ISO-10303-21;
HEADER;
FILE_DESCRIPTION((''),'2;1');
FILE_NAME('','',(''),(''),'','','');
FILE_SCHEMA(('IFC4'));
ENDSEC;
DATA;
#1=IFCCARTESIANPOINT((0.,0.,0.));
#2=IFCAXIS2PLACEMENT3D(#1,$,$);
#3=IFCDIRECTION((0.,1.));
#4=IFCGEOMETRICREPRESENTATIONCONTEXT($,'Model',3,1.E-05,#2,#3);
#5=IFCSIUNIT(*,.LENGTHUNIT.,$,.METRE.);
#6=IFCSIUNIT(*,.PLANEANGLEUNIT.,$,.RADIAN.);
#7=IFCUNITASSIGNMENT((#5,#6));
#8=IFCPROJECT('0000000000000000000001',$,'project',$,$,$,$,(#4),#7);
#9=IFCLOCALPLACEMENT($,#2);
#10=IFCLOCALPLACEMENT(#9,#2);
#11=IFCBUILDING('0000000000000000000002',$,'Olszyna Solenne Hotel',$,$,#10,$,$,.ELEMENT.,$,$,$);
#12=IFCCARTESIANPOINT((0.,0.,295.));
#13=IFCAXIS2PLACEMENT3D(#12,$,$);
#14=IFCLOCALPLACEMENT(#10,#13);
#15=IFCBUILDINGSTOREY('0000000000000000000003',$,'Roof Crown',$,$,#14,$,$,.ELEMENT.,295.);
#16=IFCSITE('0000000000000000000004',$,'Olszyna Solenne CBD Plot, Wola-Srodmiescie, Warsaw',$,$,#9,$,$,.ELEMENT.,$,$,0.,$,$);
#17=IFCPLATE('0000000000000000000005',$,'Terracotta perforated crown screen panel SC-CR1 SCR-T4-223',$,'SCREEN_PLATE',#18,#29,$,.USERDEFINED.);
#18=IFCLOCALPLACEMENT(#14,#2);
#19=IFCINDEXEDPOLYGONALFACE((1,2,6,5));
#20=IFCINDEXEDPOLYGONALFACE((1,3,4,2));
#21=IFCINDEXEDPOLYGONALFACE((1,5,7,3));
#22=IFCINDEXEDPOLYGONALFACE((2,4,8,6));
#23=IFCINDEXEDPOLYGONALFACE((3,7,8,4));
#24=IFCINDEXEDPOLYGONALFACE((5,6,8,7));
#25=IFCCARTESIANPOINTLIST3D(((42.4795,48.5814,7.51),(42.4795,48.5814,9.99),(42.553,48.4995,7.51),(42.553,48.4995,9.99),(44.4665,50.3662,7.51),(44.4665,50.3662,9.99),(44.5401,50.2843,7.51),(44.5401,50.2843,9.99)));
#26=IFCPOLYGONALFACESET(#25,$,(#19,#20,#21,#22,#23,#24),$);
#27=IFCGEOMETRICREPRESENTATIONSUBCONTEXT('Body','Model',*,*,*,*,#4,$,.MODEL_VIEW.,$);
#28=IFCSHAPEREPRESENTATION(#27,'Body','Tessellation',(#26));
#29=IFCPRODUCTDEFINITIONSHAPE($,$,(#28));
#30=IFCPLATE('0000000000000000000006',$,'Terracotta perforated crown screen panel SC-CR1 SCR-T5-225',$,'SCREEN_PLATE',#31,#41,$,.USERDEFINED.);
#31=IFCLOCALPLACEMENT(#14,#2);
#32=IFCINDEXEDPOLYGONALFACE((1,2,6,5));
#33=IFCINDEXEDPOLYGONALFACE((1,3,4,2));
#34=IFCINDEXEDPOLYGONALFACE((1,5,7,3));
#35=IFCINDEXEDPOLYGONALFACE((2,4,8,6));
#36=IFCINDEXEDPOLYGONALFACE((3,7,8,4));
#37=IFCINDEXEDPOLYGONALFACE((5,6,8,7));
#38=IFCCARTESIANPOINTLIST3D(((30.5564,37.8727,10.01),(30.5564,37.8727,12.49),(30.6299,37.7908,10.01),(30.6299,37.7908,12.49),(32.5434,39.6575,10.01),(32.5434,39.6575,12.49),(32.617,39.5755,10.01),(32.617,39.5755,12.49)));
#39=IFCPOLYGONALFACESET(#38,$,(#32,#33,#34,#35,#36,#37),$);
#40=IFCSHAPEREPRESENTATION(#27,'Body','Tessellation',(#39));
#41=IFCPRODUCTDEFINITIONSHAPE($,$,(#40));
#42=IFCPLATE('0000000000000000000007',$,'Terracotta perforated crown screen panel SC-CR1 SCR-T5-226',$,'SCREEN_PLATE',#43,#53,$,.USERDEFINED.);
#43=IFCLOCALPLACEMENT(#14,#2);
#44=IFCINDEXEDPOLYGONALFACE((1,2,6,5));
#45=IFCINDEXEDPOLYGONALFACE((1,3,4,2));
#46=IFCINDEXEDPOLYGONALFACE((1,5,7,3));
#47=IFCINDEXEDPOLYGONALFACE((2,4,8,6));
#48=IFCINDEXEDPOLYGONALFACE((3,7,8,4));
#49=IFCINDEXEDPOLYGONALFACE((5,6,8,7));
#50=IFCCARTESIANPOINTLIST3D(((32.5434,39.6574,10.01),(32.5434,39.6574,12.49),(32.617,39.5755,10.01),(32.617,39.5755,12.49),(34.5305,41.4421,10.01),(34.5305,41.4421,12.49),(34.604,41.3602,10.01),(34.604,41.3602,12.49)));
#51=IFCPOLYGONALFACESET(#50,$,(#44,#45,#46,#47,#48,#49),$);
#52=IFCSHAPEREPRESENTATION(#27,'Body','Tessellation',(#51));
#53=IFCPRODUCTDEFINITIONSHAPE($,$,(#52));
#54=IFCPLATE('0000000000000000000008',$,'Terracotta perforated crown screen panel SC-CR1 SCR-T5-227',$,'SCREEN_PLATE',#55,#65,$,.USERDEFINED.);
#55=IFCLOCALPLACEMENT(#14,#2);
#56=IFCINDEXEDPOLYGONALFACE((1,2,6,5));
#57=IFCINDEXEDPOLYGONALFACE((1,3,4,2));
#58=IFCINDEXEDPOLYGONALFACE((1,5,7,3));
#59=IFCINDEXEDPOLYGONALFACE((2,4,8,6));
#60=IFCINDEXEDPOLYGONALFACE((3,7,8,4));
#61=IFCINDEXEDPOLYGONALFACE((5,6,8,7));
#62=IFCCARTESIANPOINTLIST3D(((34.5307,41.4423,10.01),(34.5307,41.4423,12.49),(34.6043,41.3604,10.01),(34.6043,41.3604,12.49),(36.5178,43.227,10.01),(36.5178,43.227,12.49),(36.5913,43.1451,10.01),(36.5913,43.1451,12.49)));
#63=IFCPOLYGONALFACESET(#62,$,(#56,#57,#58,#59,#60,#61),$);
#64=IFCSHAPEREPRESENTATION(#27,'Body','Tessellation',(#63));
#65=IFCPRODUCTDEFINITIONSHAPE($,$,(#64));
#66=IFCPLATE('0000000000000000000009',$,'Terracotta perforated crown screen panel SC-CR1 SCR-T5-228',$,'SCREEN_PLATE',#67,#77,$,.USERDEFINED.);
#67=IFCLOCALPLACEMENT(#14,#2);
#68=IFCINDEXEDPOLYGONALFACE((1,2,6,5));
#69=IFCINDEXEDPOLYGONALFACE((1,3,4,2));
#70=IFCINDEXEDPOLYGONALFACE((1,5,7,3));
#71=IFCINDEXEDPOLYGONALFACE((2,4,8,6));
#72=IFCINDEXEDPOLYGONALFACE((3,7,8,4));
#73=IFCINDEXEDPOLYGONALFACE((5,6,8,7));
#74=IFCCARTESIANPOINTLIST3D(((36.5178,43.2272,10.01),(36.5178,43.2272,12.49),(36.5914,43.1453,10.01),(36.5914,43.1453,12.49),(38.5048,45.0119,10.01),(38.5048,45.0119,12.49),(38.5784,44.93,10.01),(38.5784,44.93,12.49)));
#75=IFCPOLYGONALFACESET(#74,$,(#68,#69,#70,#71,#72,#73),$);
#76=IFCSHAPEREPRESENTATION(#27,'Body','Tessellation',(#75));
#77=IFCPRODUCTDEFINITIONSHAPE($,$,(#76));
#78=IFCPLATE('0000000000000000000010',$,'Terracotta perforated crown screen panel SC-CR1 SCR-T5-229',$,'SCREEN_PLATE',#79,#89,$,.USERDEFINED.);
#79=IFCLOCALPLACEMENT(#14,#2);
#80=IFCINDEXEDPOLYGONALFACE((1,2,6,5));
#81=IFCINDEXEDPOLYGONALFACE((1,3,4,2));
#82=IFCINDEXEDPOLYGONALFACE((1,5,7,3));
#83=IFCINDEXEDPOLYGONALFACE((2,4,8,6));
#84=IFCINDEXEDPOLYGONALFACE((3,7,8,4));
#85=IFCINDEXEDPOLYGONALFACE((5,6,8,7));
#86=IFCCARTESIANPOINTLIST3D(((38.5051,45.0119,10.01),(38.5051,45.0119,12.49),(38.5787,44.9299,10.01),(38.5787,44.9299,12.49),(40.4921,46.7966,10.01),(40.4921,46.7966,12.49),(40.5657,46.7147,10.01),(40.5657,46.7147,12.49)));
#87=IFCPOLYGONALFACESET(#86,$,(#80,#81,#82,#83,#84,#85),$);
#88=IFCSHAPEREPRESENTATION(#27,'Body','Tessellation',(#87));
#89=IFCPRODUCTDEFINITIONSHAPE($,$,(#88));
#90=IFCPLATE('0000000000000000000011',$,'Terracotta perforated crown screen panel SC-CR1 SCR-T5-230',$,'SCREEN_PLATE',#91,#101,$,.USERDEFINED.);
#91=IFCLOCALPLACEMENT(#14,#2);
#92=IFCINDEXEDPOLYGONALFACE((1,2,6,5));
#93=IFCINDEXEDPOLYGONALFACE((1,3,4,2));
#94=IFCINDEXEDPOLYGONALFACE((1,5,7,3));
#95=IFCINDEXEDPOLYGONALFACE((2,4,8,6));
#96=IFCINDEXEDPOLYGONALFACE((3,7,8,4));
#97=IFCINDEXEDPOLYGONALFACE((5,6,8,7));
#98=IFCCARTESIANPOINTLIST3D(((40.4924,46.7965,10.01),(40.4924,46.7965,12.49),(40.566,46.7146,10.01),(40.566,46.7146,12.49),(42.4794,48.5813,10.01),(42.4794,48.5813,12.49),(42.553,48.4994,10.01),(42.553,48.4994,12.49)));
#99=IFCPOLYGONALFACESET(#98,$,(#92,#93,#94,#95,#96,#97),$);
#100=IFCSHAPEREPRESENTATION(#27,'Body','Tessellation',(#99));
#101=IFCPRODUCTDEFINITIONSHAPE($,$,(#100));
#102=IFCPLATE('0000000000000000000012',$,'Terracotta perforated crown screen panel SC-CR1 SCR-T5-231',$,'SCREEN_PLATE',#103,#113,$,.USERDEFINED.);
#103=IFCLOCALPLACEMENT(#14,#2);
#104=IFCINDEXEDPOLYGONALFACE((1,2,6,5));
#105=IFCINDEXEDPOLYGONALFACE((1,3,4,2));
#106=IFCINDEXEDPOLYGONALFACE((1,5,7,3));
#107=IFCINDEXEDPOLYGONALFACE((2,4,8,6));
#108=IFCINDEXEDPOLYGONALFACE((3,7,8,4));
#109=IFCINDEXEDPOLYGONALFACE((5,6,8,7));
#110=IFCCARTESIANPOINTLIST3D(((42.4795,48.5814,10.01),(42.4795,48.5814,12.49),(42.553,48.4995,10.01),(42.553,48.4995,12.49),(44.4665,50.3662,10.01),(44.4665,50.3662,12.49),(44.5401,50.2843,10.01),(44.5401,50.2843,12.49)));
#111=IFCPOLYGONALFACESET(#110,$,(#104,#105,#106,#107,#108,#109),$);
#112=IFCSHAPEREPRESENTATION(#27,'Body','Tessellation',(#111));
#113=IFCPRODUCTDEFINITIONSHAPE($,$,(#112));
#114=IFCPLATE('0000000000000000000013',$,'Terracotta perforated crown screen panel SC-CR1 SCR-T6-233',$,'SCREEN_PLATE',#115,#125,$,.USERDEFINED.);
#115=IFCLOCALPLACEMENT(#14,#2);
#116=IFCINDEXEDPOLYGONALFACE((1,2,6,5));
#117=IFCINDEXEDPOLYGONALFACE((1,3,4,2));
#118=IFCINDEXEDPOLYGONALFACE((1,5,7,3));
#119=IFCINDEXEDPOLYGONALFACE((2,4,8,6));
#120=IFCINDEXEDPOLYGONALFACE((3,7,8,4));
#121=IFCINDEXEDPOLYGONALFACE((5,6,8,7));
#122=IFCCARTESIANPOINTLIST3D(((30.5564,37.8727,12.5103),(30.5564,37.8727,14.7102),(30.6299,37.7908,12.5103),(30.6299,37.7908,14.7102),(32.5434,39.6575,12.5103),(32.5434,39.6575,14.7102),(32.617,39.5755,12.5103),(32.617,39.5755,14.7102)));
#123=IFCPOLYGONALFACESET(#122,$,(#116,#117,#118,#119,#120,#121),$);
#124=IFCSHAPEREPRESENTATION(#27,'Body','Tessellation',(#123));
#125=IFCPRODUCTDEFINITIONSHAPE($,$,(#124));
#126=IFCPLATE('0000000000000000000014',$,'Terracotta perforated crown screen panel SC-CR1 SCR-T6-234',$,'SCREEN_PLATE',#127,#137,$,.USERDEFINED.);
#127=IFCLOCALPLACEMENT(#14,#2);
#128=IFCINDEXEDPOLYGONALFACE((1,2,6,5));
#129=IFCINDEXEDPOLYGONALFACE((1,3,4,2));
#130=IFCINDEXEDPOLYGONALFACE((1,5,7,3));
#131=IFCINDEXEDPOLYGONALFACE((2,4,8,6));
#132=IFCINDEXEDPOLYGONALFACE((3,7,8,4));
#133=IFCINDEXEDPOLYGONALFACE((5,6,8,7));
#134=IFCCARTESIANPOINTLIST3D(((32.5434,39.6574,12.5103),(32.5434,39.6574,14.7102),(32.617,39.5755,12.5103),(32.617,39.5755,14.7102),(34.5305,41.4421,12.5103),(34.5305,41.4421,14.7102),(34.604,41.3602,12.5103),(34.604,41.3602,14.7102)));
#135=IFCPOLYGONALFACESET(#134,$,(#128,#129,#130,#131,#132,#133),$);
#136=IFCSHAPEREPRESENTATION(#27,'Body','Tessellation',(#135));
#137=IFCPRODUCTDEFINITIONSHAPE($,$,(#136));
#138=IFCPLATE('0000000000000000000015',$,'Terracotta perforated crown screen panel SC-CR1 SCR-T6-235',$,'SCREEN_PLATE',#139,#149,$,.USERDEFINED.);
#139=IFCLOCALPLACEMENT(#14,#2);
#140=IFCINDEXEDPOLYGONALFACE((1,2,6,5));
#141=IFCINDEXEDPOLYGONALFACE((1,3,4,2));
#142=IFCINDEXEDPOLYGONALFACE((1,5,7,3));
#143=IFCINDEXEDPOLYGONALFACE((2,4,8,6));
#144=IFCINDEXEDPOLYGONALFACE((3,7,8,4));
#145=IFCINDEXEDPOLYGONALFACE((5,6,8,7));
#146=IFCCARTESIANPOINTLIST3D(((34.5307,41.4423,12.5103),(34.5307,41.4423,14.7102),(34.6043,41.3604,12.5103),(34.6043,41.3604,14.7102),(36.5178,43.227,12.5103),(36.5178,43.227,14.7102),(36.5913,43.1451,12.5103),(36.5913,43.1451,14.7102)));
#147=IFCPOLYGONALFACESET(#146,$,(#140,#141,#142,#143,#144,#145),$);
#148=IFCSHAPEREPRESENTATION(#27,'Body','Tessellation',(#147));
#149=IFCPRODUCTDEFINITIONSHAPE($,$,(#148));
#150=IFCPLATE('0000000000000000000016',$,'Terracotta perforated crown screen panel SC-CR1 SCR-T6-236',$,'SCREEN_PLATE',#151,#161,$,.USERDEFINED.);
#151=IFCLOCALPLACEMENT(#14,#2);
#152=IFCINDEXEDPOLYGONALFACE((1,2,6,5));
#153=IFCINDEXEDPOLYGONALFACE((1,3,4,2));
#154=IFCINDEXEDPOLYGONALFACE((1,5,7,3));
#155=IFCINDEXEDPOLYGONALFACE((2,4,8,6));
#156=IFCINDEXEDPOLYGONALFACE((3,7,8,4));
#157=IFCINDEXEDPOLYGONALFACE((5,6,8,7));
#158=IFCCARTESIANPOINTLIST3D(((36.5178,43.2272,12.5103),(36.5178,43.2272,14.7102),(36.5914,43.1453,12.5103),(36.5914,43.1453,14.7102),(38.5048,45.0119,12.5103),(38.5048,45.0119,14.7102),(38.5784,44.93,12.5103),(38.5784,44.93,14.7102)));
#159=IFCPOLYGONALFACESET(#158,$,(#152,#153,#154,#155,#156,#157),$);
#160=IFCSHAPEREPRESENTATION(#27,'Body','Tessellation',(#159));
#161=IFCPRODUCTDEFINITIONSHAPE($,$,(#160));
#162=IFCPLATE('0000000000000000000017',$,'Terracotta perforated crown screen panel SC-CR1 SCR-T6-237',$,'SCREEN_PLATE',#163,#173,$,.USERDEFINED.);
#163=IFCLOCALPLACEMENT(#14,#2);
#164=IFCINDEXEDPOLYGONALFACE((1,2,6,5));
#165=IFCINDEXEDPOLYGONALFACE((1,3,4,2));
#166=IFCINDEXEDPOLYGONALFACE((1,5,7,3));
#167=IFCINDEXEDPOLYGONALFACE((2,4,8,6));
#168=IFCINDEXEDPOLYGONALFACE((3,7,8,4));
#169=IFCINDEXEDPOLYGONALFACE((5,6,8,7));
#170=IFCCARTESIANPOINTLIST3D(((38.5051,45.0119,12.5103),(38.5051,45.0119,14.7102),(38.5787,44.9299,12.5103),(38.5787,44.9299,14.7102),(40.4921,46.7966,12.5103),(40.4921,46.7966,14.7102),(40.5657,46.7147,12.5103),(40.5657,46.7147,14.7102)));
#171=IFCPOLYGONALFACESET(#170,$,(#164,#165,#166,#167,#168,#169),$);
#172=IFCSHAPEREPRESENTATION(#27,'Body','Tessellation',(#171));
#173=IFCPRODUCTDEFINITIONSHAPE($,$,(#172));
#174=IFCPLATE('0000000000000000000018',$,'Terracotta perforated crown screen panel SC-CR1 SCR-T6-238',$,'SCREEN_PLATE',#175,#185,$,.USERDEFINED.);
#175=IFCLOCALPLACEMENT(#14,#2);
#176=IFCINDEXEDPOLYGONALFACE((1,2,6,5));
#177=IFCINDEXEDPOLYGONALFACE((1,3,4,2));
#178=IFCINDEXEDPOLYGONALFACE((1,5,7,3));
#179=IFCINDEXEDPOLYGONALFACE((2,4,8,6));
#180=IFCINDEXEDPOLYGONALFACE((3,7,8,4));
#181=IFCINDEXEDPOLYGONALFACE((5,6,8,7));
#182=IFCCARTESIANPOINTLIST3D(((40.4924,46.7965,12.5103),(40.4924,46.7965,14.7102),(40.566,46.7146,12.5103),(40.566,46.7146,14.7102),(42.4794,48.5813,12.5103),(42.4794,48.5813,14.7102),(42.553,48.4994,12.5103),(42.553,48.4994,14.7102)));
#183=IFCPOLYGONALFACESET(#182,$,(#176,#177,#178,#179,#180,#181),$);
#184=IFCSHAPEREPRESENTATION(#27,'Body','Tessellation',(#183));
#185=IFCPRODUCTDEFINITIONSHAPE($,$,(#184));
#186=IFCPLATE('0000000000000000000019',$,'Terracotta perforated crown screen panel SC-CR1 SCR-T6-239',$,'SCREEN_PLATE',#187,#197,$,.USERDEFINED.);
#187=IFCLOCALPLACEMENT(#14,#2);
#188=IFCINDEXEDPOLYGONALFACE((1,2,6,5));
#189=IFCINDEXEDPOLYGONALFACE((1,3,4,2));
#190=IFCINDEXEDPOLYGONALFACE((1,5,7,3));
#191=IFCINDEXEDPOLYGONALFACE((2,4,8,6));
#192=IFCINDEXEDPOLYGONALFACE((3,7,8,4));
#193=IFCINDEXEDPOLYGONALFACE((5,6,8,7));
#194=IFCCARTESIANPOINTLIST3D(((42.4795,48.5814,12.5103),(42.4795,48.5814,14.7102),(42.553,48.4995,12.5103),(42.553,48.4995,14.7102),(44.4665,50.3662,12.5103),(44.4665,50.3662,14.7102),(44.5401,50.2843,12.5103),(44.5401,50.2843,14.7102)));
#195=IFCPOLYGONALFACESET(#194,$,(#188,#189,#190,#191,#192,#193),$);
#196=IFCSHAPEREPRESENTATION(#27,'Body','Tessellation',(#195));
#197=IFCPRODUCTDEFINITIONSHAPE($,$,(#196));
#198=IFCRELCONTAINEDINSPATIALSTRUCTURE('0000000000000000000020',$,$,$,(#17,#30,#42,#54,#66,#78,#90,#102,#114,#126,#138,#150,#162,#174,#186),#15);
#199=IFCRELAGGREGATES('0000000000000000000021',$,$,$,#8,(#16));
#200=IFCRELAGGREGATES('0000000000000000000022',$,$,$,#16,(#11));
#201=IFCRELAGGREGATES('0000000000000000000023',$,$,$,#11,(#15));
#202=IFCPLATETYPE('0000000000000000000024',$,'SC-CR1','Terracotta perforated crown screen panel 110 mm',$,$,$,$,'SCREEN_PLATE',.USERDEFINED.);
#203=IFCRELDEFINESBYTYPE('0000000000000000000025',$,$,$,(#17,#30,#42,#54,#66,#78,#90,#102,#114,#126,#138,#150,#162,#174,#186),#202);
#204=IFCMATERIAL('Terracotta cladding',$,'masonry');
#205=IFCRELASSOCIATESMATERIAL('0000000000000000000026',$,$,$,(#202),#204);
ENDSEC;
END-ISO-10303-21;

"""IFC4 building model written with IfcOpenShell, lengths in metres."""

from ifc_helpers import new_model, si_unit, direction, frame, origin, origin_2d, place, context, subcontext, project, spatial, rectangle, extrude, source, transform, mapped, material, type_object, element, save


model = new_model("IFC4")

# Units and contexts
model_context = context("Model", 3, precision=1e-05, world=origin(), true_north=direction((0.0, 1.0)))
body_context = subcontext(model_context, "Body", "Model", "MODEL_VIEW")
ifc_project = project(units=[si_unit("LENGTHUNIT", "METRE"), si_unit("PLANEANGLEUNIT", "RADIAN")], contexts=[model_context])

# Site, building, storey
site_placement = place(None, origin())
site = spatial("IfcSite", under=ifc_project, at=site_placement, Name="Olszyna Solenne CBD Plot, Wola-Srodmiescie, Warsaw", CompositionType="ELEMENT", RefElevation=0.0)
building_placement = place(site_placement, origin())
building = spatial("IfcBuilding", under=site, at=building_placement, Name="Olszyna Solenne Hotel", CompositionType="ELEMENT")
storey_placement = place(building_placement, frame((0.0, 0.0, 295.0)))
storey = spatial("IfcBuildingStorey", under=building, at=storey_placement, Name="Roof Crown", CompositionType="ELEMENT", Elevation=295.0)

# Plates
ifc_material_1 = material(Name="Terracotta cladding", Category="masonry")
plate_type_1 = type_object("IfcPlateType", Name="SC-CR1", Description="Terracotta perforated crown screen panel 110 mm", ElementType="SCREEN_PLATE", PredefinedType="USERDEFINED", material=ifc_material_1)
shared_shape_1 = source(origin(), body_context, "Body", "SweptSolid", [
    extrude(rectangle(XDim=2.6709, YDim=0.1101, at=origin_2d()), origin(), (0.0, 0.0, 1.0), 2.48),
])
for number, where, z_axis, x_axis, name in (
    (1, (43.5098, 49.4329, 7.51), (0.0, 0.0, 1.0), (0.743962, 0.668222, 0.0), "Terracotta perforated crown screen panel SC-CR1 SCR-T4-223"),
    (2, (31.5867, 38.7241, 10.01), (0.0, 0.0, 1.0), (0.743962, 0.668222, 0.0), "Terracotta perforated crown screen panel SC-CR1 SCR-T5-225"),
    (3, (33.5737, 40.5088, 10.01), (0.0, 0.0, 1.0), (0.743962, 0.668222, 0.0), "Terracotta perforated crown screen panel SC-CR1 SCR-T5-226"),
    (4, (35.561, 42.2937, 10.01), (0.0, 0.0, 1.0), (0.743962, 0.668222, 0.0), "Terracotta perforated crown screen panel SC-CR1 SCR-T5-227"),
    (5, (37.5481, 44.0786, 10.01), (0.0, 0.0, 1.0), (0.743962, 0.668222, 0.0), "Terracotta perforated crown screen panel SC-CR1 SCR-T5-228"),
    (6, (39.5354, 45.8633, 10.01), (0.0, 0.0, 1.0), (0.743962, 0.668222, 0.0), "Terracotta perforated crown screen panel SC-CR1 SCR-T5-229"),
    (7, (41.5227, 47.6479, 10.01), (0.0, 0.0, 1.0), (0.743962, 0.668222, 0.0), "Terracotta perforated crown screen panel SC-CR1 SCR-T5-230"),
    (8, (43.5098, 49.4329, 10.01), (0.0, 0.0, 1.0), (0.743962, 0.668222, 0.0), "Terracotta perforated crown screen panel SC-CR1 SCR-T5-231"),
):
    element("IfcPlate", number, at=place(storey_placement, frame(where, z_axis=z_axis, x_axis=x_axis)), inside=storey, type_object=plate_type_1, Name=name, ObjectType="SCREEN_PLATE", PredefinedType="USERDEFINED", context=body_context, shape_type="MappedRepresentation", body=[
        mapped(shared_shape_1, transform((0.0, 0.0, 0.0), x_axis=(1.0, 0.0, 0.0), y_axis=(0.0, 1.0, 0.0), z_axis=(0.0, 0.0, 1.0), scale=1.0)),
    ])
shared_shape_2 = source(origin(), body_context, "Body", "SweptSolid", [
    extrude(rectangle(XDim=2.6709, YDim=0.1101, at=origin_2d()), origin(), (0.0, 0.0, 1.0), 2.2),
])
for number, where, z_axis, x_axis, name in (
    (9, (31.5867, 38.7241, 12.5103), (0.0, 0.0, 1.0), (0.743962, 0.668222, 0.0), "Terracotta perforated crown screen panel SC-CR1 SCR-T6-233"),
    (10, (33.5737, 40.5088, 12.5103), (0.0, 0.0, 1.0), (0.743962, 0.668222, 0.0), "Terracotta perforated crown screen panel SC-CR1 SCR-T6-234"),
    (11, (35.561, 42.2937, 12.5103), (0.0, 0.0, 1.0), (0.743962, 0.668222, 0.0), "Terracotta perforated crown screen panel SC-CR1 SCR-T6-235"),
    (12, (37.5481, 44.0786, 12.5103), (0.0, 0.0, 1.0), (0.743962, 0.668222, 0.0), "Terracotta perforated crown screen panel SC-CR1 SCR-T6-236"),
    (13, (39.5354, 45.8633, 12.5103), (0.0, 0.0, 1.0), (0.743962, 0.668222, 0.0), "Terracotta perforated crown screen panel SC-CR1 SCR-T6-237"),
    (14, (41.5227, 47.6479, 12.5103), (0.0, 0.0, 1.0), (0.743962, 0.668222, 0.0), "Terracotta perforated crown screen panel SC-CR1 SCR-T6-238"),
    (15, (43.5098, 49.4329, 12.5103), (0.0, 0.0, 1.0), (0.743962, 0.668222, 0.0), "Terracotta perforated crown screen panel SC-CR1 SCR-T6-239"),
):
    element("IfcPlate", number, at=place(storey_placement, frame(where, z_axis=z_axis, x_axis=x_axis)), inside=storey, type_object=plate_type_1, Name=name, ObjectType="SCREEN_PLATE", PredefinedType="USERDEFINED", context=body_context, shape_type="MappedRepresentation", body=[
        mapped(shared_shape_2, transform((0.0, 0.0, 0.0), x_axis=(1.0, 0.0, 0.0), y_axis=(0.0, 1.0, 0.0), z_axis=(0.0, 0.0, 1.0), scale=1.0)),
    ])

save(model, "model.ifc")
